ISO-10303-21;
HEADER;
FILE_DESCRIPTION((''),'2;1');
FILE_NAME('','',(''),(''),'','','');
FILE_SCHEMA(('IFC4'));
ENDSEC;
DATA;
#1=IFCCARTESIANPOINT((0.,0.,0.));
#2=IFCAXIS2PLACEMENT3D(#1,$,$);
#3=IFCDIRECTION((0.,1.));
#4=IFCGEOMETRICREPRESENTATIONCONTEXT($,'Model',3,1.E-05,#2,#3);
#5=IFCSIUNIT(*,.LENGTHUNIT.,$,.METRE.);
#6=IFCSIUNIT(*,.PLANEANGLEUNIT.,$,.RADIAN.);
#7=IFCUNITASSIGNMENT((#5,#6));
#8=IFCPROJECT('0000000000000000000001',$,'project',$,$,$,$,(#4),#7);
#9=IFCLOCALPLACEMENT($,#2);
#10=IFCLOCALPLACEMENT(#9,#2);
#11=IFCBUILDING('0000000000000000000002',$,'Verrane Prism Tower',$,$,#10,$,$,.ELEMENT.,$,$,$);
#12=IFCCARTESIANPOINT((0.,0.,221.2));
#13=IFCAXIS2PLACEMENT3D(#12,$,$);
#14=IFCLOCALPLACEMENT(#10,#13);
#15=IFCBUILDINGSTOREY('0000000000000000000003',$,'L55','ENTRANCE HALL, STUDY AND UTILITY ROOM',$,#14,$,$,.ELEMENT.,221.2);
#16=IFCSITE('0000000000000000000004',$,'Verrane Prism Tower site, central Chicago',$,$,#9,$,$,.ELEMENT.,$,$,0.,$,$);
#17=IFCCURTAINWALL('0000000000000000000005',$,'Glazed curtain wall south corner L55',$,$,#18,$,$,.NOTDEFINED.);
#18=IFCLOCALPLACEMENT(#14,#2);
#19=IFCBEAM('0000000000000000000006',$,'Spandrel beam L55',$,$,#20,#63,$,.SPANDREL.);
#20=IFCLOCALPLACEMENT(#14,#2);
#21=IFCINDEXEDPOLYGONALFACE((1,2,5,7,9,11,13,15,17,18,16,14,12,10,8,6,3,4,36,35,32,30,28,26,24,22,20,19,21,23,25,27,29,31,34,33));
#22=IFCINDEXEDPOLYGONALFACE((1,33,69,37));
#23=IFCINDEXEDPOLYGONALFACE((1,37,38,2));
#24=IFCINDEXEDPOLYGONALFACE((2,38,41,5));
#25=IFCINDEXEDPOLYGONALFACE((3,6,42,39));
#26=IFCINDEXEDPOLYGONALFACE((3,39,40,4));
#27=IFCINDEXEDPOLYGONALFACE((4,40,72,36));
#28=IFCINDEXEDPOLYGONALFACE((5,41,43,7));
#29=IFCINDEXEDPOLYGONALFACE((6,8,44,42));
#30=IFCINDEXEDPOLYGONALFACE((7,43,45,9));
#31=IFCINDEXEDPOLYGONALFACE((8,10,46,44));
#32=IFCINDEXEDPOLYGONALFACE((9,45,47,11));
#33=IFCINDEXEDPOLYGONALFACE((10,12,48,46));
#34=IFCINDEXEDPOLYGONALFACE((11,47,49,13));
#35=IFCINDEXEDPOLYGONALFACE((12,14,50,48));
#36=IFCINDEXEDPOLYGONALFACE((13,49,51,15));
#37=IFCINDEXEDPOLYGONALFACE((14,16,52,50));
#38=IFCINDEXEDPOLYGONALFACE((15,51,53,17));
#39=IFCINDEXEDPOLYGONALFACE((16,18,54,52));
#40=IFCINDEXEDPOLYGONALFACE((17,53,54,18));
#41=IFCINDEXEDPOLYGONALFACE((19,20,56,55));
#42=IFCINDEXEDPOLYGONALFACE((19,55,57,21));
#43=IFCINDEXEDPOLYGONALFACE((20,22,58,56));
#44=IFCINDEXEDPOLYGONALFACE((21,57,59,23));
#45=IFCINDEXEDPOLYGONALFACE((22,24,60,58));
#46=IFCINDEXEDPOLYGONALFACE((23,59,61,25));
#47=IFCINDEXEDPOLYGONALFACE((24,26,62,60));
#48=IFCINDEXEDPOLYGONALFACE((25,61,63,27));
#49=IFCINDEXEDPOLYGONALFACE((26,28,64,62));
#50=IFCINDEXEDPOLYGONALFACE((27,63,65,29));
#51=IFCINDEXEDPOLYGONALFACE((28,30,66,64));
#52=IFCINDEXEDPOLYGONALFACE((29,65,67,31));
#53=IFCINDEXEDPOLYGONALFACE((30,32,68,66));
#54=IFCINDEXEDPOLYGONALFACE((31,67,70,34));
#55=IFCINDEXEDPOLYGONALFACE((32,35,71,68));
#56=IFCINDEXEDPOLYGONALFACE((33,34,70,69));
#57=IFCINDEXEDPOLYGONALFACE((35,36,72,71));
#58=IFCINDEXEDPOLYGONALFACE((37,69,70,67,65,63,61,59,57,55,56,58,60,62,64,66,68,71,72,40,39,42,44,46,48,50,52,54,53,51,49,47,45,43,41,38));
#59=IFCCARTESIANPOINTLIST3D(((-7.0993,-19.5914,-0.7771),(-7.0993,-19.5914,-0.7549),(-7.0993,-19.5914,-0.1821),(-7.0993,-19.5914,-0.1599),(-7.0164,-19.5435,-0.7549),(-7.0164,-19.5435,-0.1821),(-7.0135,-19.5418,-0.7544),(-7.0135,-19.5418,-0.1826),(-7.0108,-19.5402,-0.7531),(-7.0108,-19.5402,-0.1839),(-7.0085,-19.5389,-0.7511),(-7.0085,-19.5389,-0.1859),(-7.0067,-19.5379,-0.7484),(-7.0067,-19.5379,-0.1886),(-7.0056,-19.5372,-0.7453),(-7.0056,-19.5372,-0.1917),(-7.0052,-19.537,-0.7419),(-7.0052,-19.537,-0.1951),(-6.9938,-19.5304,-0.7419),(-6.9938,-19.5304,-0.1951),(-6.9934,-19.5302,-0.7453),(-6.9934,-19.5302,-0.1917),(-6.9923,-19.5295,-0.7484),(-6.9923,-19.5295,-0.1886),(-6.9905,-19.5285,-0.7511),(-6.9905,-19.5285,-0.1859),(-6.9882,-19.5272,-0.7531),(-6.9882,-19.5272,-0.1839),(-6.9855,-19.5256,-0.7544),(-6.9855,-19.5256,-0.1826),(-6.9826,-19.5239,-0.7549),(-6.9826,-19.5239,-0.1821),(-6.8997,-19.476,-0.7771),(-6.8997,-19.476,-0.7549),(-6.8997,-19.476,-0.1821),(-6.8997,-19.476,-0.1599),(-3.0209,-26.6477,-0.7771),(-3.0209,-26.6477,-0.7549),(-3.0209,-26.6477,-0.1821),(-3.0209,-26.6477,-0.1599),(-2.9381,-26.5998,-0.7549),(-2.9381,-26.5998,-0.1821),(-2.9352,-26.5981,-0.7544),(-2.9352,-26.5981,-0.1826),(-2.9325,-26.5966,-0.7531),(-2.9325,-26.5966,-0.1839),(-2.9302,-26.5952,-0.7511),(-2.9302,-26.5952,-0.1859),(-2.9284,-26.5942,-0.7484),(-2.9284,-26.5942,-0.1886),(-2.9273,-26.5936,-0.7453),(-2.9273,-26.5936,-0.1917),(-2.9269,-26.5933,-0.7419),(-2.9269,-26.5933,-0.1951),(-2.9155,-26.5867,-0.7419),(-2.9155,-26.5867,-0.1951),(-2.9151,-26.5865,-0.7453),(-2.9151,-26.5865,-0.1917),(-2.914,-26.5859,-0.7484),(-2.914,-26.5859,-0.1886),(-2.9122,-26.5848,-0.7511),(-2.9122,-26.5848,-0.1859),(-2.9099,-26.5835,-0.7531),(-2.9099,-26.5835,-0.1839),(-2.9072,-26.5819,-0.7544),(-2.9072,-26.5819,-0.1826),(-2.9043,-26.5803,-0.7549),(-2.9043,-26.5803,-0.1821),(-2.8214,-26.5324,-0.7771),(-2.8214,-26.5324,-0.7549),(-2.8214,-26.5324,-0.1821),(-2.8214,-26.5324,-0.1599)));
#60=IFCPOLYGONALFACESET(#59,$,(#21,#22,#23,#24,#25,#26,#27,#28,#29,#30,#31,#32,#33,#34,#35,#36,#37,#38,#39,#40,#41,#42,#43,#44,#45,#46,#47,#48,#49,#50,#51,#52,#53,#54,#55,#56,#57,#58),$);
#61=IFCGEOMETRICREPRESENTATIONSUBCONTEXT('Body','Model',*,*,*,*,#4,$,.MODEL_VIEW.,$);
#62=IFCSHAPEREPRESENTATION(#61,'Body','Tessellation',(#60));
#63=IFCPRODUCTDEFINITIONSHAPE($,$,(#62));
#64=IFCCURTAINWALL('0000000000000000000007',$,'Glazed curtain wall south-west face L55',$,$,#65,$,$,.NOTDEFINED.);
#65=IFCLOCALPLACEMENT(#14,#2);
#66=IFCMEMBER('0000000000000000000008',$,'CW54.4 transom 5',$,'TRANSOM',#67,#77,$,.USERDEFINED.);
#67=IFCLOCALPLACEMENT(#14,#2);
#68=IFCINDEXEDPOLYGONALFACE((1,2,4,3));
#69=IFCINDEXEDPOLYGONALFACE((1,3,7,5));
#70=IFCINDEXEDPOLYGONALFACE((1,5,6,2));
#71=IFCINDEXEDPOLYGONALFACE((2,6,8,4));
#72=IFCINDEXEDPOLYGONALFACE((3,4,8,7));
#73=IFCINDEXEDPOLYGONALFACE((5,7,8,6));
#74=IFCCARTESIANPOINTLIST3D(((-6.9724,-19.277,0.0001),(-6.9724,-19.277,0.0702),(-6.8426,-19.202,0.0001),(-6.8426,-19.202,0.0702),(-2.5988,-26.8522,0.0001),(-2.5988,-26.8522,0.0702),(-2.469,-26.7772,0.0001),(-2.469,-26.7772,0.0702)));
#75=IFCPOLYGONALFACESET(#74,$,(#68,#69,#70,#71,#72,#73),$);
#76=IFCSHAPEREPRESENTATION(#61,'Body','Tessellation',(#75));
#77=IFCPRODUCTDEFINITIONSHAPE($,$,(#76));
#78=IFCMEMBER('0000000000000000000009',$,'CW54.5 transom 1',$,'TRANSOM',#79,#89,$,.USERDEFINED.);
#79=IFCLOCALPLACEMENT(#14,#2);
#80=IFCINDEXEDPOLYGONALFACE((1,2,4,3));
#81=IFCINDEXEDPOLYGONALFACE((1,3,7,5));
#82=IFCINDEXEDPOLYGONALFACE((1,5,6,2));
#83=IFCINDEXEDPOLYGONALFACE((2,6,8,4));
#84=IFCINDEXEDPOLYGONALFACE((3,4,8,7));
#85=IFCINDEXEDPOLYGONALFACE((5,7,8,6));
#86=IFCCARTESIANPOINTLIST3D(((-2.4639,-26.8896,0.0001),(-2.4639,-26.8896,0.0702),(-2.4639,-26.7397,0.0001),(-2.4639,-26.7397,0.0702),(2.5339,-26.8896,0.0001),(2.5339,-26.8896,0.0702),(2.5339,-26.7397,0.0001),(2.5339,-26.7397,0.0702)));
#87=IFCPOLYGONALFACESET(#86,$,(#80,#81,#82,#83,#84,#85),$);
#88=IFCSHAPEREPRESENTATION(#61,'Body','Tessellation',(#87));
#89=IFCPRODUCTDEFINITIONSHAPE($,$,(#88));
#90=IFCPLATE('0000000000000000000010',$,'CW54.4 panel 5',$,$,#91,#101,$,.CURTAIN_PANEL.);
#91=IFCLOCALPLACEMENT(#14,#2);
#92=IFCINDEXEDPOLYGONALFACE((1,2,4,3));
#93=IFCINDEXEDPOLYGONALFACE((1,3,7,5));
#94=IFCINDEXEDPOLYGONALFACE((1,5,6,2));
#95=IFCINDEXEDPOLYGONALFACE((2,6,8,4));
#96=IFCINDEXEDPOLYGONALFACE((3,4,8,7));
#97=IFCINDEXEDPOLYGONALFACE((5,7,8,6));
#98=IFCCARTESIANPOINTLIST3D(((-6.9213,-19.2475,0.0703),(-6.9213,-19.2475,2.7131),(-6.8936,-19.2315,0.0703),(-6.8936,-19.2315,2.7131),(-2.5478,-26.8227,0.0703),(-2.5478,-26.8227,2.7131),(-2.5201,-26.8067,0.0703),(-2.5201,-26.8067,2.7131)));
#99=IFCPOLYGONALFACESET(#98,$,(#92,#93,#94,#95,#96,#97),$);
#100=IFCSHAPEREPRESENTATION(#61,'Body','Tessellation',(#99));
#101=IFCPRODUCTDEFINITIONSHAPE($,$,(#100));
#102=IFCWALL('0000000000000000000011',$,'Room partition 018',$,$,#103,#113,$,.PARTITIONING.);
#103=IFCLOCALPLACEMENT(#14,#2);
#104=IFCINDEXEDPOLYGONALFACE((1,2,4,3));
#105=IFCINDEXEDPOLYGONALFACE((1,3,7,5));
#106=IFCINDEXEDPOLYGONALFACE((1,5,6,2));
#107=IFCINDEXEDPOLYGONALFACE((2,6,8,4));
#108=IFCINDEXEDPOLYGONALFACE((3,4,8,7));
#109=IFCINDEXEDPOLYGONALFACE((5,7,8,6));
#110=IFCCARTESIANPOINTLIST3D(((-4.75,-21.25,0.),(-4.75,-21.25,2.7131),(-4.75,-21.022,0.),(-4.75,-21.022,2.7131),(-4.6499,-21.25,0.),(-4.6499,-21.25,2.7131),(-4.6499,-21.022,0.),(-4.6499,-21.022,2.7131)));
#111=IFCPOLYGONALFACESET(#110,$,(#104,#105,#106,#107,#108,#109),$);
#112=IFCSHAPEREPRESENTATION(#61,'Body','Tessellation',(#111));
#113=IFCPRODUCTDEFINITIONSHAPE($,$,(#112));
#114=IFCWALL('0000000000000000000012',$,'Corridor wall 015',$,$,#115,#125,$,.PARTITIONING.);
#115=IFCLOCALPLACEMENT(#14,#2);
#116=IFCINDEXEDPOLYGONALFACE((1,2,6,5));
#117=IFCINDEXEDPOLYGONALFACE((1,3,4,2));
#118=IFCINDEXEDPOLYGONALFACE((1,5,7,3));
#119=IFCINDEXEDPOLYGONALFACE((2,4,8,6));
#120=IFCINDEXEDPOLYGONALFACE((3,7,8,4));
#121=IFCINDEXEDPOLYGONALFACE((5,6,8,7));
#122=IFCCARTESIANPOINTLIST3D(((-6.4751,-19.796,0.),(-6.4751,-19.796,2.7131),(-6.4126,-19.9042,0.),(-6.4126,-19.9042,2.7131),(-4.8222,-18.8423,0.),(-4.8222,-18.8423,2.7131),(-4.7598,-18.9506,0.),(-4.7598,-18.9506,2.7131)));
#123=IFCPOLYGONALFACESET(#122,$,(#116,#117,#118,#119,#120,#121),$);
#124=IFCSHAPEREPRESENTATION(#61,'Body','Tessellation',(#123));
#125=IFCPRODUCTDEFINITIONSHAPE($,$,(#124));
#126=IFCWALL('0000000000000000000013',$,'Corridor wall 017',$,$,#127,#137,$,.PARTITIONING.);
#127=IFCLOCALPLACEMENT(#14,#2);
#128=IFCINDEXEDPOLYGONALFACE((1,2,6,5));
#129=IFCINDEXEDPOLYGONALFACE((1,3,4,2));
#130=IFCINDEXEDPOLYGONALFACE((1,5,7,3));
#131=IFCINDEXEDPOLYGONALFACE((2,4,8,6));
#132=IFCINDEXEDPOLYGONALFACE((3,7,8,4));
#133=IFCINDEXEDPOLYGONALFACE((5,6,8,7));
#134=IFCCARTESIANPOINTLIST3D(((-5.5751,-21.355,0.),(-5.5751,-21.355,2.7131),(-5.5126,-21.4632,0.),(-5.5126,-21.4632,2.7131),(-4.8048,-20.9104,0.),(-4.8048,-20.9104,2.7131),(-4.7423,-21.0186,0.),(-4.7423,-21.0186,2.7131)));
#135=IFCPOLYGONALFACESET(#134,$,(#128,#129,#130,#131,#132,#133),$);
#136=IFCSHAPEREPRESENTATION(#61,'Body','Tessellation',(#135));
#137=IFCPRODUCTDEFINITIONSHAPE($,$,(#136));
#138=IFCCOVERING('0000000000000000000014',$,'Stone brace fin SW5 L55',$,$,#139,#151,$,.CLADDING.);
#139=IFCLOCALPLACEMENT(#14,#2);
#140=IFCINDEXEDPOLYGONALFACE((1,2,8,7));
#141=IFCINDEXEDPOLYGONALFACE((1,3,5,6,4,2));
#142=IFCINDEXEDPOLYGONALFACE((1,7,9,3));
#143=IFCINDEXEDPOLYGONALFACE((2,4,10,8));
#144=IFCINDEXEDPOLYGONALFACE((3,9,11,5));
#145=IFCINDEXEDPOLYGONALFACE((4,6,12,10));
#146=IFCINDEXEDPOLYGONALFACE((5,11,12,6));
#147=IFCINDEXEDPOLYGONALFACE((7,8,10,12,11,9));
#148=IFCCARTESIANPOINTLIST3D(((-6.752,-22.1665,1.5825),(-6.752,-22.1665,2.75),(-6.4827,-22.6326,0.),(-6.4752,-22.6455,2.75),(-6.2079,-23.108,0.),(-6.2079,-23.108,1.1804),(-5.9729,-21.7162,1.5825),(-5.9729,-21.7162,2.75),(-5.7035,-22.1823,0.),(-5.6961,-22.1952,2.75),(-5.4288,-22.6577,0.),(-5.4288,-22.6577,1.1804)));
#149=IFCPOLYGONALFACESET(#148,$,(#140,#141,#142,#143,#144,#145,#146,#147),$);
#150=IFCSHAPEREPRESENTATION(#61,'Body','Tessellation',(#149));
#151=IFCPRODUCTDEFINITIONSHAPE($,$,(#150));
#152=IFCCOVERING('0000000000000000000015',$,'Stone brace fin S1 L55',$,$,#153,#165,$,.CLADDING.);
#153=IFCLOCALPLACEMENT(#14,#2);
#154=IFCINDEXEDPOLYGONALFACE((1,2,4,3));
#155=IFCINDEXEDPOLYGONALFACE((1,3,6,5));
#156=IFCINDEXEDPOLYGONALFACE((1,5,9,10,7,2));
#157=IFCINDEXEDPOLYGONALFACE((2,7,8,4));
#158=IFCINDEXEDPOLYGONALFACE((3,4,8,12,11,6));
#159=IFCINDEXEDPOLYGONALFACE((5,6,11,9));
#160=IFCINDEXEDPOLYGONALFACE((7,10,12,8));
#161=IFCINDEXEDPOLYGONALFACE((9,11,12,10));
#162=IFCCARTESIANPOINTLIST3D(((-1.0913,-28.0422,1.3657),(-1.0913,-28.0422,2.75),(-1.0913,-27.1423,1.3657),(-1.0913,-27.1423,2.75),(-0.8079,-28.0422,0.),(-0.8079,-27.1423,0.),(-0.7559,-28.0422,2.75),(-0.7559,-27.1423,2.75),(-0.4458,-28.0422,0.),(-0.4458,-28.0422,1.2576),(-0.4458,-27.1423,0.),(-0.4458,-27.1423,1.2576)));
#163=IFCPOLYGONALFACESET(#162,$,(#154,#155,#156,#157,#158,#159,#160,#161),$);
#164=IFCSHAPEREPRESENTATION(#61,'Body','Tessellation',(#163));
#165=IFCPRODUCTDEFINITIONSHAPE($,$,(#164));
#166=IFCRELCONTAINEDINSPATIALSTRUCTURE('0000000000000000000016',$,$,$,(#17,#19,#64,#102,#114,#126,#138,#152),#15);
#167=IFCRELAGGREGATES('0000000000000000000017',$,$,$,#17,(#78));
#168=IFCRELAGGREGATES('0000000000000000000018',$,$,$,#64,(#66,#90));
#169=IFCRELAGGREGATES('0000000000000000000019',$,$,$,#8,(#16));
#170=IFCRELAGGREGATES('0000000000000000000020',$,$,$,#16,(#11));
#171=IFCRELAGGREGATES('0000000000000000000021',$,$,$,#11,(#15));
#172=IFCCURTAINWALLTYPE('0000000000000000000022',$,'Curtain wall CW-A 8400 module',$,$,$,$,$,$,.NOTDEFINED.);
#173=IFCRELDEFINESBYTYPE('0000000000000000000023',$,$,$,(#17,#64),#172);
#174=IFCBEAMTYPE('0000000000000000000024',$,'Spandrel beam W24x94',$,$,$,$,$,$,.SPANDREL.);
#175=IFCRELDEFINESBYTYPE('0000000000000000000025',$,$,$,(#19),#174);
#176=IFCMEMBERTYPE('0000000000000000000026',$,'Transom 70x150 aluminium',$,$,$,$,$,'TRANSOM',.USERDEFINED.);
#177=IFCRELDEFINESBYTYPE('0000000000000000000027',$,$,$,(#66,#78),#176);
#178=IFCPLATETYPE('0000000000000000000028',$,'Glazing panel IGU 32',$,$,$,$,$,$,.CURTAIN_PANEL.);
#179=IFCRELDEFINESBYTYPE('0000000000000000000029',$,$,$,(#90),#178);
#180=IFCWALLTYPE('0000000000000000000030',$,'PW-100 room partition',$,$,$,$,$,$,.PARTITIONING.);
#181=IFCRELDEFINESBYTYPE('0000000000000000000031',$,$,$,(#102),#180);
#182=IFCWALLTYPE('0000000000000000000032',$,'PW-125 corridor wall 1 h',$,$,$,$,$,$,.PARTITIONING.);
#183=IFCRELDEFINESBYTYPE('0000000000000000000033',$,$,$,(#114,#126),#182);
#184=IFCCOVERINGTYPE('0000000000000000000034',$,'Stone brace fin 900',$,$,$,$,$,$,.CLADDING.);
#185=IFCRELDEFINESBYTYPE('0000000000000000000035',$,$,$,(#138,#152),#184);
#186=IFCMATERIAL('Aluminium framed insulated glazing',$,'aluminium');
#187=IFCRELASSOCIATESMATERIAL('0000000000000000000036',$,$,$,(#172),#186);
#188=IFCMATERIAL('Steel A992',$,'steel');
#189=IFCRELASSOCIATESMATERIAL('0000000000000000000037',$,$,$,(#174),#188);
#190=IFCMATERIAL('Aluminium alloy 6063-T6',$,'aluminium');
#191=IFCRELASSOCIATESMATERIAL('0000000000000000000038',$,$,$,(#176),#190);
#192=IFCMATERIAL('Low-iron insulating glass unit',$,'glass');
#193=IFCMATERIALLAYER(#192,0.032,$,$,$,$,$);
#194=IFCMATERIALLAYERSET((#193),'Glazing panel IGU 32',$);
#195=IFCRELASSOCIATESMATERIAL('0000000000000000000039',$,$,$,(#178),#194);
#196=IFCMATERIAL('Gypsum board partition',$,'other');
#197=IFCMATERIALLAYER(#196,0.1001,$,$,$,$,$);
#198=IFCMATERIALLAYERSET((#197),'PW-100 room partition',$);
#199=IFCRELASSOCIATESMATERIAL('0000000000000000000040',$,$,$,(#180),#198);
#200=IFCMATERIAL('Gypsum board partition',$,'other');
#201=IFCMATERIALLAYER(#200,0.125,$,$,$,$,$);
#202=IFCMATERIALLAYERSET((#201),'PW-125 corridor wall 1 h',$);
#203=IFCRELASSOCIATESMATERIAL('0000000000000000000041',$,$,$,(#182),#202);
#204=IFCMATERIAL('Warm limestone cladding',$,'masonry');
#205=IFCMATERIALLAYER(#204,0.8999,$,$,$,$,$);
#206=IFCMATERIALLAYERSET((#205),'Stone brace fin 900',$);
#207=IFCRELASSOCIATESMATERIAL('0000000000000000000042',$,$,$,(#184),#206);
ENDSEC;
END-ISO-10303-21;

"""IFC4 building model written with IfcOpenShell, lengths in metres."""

from ifc_helpers import new_model, si_unit, direction, frame, frame_2d, origin, origin_2d, place, context, subcontext, project, spatial, polyline, rectangle, i_section, outline, extrude, material, layer, layer_set, material_profile, profile_set, type_object, element, aggregate, save


model = new_model("IFC4")

# Units and contexts
model_context = context("Model", 3, precision=1e-05, world=origin(), true_north=direction((0.0, 1.0)))
body_context = subcontext(model_context, "Body", "Model", "MODEL_VIEW")
ifc_project = project(units=[si_unit("LENGTHUNIT", "METRE"), si_unit("PLANEANGLEUNIT", "RADIAN")], contexts=[model_context])

# Site, building, storey
site_placement = place(None, origin())
site = spatial("IfcSite", under=ifc_project, at=site_placement, Name="Verrane Prism Tower site, central Chicago", CompositionType="ELEMENT", RefElevation=0.0)
building_placement = place(site_placement, origin())
building = spatial("IfcBuilding", under=site, at=building_placement, Name="Verrane Prism Tower", CompositionType="ELEMENT")
storey_placement = place(building_placement, frame((0.0, 0.0, 221.2)))
storey = spatial("IfcBuildingStorey", under=building, at=storey_placement, Name="L55", Description="ENTRANCE HALL, STUDY AND UTILITY ROOM", CompositionType="ELEMENT", Elevation=221.2)

# Curtain wall
ifc_material_1 = material(Name="Aluminium framed insulated glazing", Category="aluminium")
curtain_wall_type = type_object("IfcCurtainWallType", Name="Curtain wall CW-A 8400 module", PredefinedType="NOTDEFINED", material=ifc_material_1)
curtain_wall_1_placement = place(storey_placement, origin())
curtain_wall_1 = element("IfcCurtainWall", 1, at=curtain_wall_1_placement, inside=storey, type_object=curtain_wall_type, Name="Glazed curtain wall south corner L55", PredefinedType="NOTDEFINED")

# Beam
ifc_material_2 = material(Name="Steel A992", Category="steel")
ifc_material_profile_1 = material_profile(ifc_material_2, i_section(OverallWidth=0.2305, OverallDepth=0.6172, WebThickness=0.0132, FlangeThickness=0.0222, FilletRadius=0.0129, at=origin_2d()), Name="W24x94")
ifc_profile_set_1 = profile_set([ifc_material_profile_1], Name="Steel A992")
beam_type_1 = type_object("IfcBeamType", Name="Spandrel beam W24x94", PredefinedType="SPANDREL", material=ifc_profile_set_1)
beam_1_placement = place(storey_placement, frame((-6.9995, -19.5337, -0.4685), z_axis=(0.500401, -0.865794, 0.0), x_axis=(0.865794, 0.500401, 0.0)))
element("IfcBeam", 2, at=beam_1_placement, inside=storey, type_object=beam_type_1, Name="Spandrel beam L55", PredefinedType="SPANDREL", context=body_context, shape_type="SweptSolid", body=[
    extrude(i_section(OverallWidth=0.2305, OverallDepth=0.6172, WebThickness=0.0132, FlangeThickness=0.0222, FilletRadius=0.0129, at=origin_2d()), origin(), (0.0, 0.0, 1.0), 8.1501),
])

# Curtain wall, member
curtain_wall_2_placement = place(storey_placement, origin())
curtain_wall_2 = element("IfcCurtainWall", 3, at=curtain_wall_2_placement, inside=storey, type_object=curtain_wall_type, Name="Glazed curtain wall south-west face L55", PredefinedType="NOTDEFINED")
ifc_material_3 = material(Name="Aluminium alloy 6063-T6", Category="aluminium")
ifc_material_profile_2 = material_profile(ifc_material_3, rectangle(XDim=0.1499, YDim=0.0701, at=origin_2d()), Name="Transom 70x150 aluminium")
ifc_profile_set_2 = profile_set([ifc_material_profile_2], Name="Aluminium alloy 6063-T6")
member_type_1 = type_object("IfcMemberType", Name="Transom 70x150 aluminium", ElementType="TRANSOM", PredefinedType="USERDEFINED", material=ifc_profile_set_2)
member_1_placement = place(storey_placement, frame((-6.9075, -19.2395, 0.0352), z_axis=(0.499999, -0.866026, 0.0), x_axis=(0.866026, 0.499999, 0.0)))
member_1 = element("IfcMember", 4, at=member_1_placement, type_object=member_type_1, Name="CW54.4 transom 5", ObjectType="TRANSOM", PredefinedType="USERDEFINED", context=body_context, shape_type="SweptSolid", body=[
    extrude(rectangle(XDim=0.1499, YDim=0.0701, at=origin_2d()), origin(), (0.0, 0.0, 1.0), 8.7471),
])

# Member
member_2_placement = place(storey_placement, frame((-2.4639, -26.8147, 0.0352), z_axis=(1.0, 0.0, 0.0), x_axis=(0.0, 1.0, 0.0)))
member_2 = element("IfcMember", 5, at=member_2_placement, type_object=member_type_1, Name="CW54.5 transom 1", ObjectType="TRANSOM", PredefinedType="USERDEFINED", context=body_context, shape_type="SweptSolid", body=[
    extrude(rectangle(XDim=0.1499, YDim=0.0701, at=origin_2d()), origin(), (0.0, 0.0, 1.0), 4.9978),
])
aggregate(curtain_wall_1, [member_2])

# Plate
ifc_material_4 = material(Name="Low-iron insulating glass unit", Category="glass")
ifc_layer_1 = layer(ifc_material_4, 0.032)
ifc_layer_set_1 = layer_set([ifc_layer_1], Name="Glazing panel IGU 32")
plate_type = type_object("IfcPlateType", Name="Glazing panel IGU 32", PredefinedType="CURTAIN_PANEL", material=ifc_layer_set_1)
plate_placement = place(storey_placement, frame((-4.7207, -23.0271, 0.0703), z_axis=(0.0, 0.0, 1.0), x_axis=(0.500001, -0.866025, 0.0)))
plate = element("IfcPlate", 6, at=plate_placement, type_object=plate_type, Name="CW54.4 panel 5", PredefinedType="CURTAIN_PANEL", context=body_context, shape_type="SweptSolid", body=[
    extrude(rectangle(XDim=8.7471, YDim=0.032, at=origin_2d()), origin(), (0.0, 0.0, 1.0), 2.6428),
])
aggregate(curtain_wall_2, [member_1, plate])

# Walls
ifc_material_5 = material(Name="Gypsum board partition", Category="other")
ifc_layer_2 = layer(ifc_material_5, 0.1001)
ifc_layer_set_2 = layer_set([ifc_layer_2], Name="PW-100 room partition")
wall_type_1 = type_object("IfcWallType", Name="PW-100 room partition", PredefinedType="PARTITIONING", material=ifc_layer_set_2)
wall_1_placement = place(storey_placement, frame((-4.7, -21.25, 0.0), z_axis=(0.0, 0.0, 1.0), x_axis=(0.0, 1.0, 0.0)))
element("IfcWall", 7, at=wall_1_placement, inside=storey, type_object=wall_type_1, Name="Room partition 018", PredefinedType="PARTITIONING", context=body_context, shape_type="SweptSolid", body=[
    extrude(rectangle(XDim=0.228, YDim=0.1001, at=frame_2d((0.114, 0.0))), origin(), (0.0, 0.0, 1.0), 2.7131),
])
ifc_material_6 = material(Name="Gypsum board partition", Category="other")
ifc_layer_3 = layer(ifc_material_6, 0.125)
ifc_layer_set_3 = layer_set([ifc_layer_3], Name="PW-125 corridor wall 1 h")
wall_type_2 = type_object("IfcWallType", Name="PW-125 corridor wall 1 h", PredefinedType="PARTITIONING", material=ifc_layer_set_3)
wall_2_placement = place(storey_placement, frame((-6.4438, -19.8501, 0.0), z_axis=(0.0, 0.0, 1.0), x_axis=(0.866173, 0.499745, 0.0)))
element("IfcWall", 8, at=wall_2_placement, inside=storey, type_object=wall_type_2, Name="Corridor wall 015", PredefinedType="PARTITIONING", context=body_context, shape_type="SweptSolid", body=[
    extrude(rectangle(XDim=1.9082, YDim=0.125, at=frame_2d((0.9541, 0.0))), origin(), (0.0, 0.0, 1.0), 2.7131),
])
wall_3_placement = place(storey_placement, frame((-5.5439, -21.4092, 0.0), z_axis=(0.0, 0.0, 1.0), x_axis=(0.86609, 0.499889, 0.0)))
element("IfcWall", 9, at=wall_3_placement, inside=storey, type_object=wall_type_2, Name="Corridor wall 017", PredefinedType="PARTITIONING", context=body_context, shape_type="SweptSolid", body=[
    extrude(rectangle(XDim=0.8894, YDim=0.125, at=frame_2d((0.4448, 0.0))), origin(), (0.0, 0.0, 1.0), 2.7131),
])

# Coverings
ifc_material_7 = material(Name="Warm limestone cladding", Category="masonry")
ifc_layer_4 = layer(ifc_material_7, 0.8999)
ifc_layer_set_4 = layer_set([ifc_layer_4], Name="Stone brace fin 900")
covering_type = type_object("IfcCoveringType", Name="Stone brace fin 900", PredefinedType="CLADDING", material=ifc_layer_set_4)
covering_1_placement = place(storey_placement, frame((-5.8184, -22.8828, 0.0), z_axis=(0.0, 0.0, 1.0), x_axis=(-0.500364, 0.865815, 0.0)))
element("IfcCovering", 10, at=covering_1_placement, inside=storey, type_object=covering_type, Name="Stone brace fin SW5 L55", PredefinedType="CLADDING", context=body_context, shape_type="SweptSolid", body=[
    extrude(outline(polyline([(1.0874, 2.75), (0.5342, 2.75), (0.0, 1.1804), (0.0, 0.0), (0.5491, 0.0), (1.0874, 1.5825), (1.0874, 2.75)])), frame((0.0, 0.45, 0.0), z_axis=(0.0, -1.0, 0.0), x_axis=(1.0, 0.0, 0.0)), (0.0, 0.0, 1.0), 0.8999),
])
covering_2_placement = place(storey_placement, frame((-0.4458, -27.5923, 0.0), z_axis=(0.0, 0.0, 1.0), x_axis=(-1.0, 0.0, 0.0)))
element("IfcCovering", 11, at=covering_2_placement, inside=storey, type_object=covering_type, Name="Stone brace fin S1 L55", PredefinedType="CLADDING", context=body_context, shape_type="SweptSolid", body=[
    extrude(outline(polyline([(0.6455, 2.75), (0.3101, 2.75), (0.0, 1.2576), (0.0, 0.0), (0.3621, 0.0), (0.6455, 1.3657), (0.6455, 2.75)])), frame((0.0, 0.45, 0.0), z_axis=(0.0, -1.0, 0.0), x_axis=(1.0, 0.0, 0.0)), (0.0, 0.0, 1.0), 0.8999),
])

save(model, "model.ifc")
